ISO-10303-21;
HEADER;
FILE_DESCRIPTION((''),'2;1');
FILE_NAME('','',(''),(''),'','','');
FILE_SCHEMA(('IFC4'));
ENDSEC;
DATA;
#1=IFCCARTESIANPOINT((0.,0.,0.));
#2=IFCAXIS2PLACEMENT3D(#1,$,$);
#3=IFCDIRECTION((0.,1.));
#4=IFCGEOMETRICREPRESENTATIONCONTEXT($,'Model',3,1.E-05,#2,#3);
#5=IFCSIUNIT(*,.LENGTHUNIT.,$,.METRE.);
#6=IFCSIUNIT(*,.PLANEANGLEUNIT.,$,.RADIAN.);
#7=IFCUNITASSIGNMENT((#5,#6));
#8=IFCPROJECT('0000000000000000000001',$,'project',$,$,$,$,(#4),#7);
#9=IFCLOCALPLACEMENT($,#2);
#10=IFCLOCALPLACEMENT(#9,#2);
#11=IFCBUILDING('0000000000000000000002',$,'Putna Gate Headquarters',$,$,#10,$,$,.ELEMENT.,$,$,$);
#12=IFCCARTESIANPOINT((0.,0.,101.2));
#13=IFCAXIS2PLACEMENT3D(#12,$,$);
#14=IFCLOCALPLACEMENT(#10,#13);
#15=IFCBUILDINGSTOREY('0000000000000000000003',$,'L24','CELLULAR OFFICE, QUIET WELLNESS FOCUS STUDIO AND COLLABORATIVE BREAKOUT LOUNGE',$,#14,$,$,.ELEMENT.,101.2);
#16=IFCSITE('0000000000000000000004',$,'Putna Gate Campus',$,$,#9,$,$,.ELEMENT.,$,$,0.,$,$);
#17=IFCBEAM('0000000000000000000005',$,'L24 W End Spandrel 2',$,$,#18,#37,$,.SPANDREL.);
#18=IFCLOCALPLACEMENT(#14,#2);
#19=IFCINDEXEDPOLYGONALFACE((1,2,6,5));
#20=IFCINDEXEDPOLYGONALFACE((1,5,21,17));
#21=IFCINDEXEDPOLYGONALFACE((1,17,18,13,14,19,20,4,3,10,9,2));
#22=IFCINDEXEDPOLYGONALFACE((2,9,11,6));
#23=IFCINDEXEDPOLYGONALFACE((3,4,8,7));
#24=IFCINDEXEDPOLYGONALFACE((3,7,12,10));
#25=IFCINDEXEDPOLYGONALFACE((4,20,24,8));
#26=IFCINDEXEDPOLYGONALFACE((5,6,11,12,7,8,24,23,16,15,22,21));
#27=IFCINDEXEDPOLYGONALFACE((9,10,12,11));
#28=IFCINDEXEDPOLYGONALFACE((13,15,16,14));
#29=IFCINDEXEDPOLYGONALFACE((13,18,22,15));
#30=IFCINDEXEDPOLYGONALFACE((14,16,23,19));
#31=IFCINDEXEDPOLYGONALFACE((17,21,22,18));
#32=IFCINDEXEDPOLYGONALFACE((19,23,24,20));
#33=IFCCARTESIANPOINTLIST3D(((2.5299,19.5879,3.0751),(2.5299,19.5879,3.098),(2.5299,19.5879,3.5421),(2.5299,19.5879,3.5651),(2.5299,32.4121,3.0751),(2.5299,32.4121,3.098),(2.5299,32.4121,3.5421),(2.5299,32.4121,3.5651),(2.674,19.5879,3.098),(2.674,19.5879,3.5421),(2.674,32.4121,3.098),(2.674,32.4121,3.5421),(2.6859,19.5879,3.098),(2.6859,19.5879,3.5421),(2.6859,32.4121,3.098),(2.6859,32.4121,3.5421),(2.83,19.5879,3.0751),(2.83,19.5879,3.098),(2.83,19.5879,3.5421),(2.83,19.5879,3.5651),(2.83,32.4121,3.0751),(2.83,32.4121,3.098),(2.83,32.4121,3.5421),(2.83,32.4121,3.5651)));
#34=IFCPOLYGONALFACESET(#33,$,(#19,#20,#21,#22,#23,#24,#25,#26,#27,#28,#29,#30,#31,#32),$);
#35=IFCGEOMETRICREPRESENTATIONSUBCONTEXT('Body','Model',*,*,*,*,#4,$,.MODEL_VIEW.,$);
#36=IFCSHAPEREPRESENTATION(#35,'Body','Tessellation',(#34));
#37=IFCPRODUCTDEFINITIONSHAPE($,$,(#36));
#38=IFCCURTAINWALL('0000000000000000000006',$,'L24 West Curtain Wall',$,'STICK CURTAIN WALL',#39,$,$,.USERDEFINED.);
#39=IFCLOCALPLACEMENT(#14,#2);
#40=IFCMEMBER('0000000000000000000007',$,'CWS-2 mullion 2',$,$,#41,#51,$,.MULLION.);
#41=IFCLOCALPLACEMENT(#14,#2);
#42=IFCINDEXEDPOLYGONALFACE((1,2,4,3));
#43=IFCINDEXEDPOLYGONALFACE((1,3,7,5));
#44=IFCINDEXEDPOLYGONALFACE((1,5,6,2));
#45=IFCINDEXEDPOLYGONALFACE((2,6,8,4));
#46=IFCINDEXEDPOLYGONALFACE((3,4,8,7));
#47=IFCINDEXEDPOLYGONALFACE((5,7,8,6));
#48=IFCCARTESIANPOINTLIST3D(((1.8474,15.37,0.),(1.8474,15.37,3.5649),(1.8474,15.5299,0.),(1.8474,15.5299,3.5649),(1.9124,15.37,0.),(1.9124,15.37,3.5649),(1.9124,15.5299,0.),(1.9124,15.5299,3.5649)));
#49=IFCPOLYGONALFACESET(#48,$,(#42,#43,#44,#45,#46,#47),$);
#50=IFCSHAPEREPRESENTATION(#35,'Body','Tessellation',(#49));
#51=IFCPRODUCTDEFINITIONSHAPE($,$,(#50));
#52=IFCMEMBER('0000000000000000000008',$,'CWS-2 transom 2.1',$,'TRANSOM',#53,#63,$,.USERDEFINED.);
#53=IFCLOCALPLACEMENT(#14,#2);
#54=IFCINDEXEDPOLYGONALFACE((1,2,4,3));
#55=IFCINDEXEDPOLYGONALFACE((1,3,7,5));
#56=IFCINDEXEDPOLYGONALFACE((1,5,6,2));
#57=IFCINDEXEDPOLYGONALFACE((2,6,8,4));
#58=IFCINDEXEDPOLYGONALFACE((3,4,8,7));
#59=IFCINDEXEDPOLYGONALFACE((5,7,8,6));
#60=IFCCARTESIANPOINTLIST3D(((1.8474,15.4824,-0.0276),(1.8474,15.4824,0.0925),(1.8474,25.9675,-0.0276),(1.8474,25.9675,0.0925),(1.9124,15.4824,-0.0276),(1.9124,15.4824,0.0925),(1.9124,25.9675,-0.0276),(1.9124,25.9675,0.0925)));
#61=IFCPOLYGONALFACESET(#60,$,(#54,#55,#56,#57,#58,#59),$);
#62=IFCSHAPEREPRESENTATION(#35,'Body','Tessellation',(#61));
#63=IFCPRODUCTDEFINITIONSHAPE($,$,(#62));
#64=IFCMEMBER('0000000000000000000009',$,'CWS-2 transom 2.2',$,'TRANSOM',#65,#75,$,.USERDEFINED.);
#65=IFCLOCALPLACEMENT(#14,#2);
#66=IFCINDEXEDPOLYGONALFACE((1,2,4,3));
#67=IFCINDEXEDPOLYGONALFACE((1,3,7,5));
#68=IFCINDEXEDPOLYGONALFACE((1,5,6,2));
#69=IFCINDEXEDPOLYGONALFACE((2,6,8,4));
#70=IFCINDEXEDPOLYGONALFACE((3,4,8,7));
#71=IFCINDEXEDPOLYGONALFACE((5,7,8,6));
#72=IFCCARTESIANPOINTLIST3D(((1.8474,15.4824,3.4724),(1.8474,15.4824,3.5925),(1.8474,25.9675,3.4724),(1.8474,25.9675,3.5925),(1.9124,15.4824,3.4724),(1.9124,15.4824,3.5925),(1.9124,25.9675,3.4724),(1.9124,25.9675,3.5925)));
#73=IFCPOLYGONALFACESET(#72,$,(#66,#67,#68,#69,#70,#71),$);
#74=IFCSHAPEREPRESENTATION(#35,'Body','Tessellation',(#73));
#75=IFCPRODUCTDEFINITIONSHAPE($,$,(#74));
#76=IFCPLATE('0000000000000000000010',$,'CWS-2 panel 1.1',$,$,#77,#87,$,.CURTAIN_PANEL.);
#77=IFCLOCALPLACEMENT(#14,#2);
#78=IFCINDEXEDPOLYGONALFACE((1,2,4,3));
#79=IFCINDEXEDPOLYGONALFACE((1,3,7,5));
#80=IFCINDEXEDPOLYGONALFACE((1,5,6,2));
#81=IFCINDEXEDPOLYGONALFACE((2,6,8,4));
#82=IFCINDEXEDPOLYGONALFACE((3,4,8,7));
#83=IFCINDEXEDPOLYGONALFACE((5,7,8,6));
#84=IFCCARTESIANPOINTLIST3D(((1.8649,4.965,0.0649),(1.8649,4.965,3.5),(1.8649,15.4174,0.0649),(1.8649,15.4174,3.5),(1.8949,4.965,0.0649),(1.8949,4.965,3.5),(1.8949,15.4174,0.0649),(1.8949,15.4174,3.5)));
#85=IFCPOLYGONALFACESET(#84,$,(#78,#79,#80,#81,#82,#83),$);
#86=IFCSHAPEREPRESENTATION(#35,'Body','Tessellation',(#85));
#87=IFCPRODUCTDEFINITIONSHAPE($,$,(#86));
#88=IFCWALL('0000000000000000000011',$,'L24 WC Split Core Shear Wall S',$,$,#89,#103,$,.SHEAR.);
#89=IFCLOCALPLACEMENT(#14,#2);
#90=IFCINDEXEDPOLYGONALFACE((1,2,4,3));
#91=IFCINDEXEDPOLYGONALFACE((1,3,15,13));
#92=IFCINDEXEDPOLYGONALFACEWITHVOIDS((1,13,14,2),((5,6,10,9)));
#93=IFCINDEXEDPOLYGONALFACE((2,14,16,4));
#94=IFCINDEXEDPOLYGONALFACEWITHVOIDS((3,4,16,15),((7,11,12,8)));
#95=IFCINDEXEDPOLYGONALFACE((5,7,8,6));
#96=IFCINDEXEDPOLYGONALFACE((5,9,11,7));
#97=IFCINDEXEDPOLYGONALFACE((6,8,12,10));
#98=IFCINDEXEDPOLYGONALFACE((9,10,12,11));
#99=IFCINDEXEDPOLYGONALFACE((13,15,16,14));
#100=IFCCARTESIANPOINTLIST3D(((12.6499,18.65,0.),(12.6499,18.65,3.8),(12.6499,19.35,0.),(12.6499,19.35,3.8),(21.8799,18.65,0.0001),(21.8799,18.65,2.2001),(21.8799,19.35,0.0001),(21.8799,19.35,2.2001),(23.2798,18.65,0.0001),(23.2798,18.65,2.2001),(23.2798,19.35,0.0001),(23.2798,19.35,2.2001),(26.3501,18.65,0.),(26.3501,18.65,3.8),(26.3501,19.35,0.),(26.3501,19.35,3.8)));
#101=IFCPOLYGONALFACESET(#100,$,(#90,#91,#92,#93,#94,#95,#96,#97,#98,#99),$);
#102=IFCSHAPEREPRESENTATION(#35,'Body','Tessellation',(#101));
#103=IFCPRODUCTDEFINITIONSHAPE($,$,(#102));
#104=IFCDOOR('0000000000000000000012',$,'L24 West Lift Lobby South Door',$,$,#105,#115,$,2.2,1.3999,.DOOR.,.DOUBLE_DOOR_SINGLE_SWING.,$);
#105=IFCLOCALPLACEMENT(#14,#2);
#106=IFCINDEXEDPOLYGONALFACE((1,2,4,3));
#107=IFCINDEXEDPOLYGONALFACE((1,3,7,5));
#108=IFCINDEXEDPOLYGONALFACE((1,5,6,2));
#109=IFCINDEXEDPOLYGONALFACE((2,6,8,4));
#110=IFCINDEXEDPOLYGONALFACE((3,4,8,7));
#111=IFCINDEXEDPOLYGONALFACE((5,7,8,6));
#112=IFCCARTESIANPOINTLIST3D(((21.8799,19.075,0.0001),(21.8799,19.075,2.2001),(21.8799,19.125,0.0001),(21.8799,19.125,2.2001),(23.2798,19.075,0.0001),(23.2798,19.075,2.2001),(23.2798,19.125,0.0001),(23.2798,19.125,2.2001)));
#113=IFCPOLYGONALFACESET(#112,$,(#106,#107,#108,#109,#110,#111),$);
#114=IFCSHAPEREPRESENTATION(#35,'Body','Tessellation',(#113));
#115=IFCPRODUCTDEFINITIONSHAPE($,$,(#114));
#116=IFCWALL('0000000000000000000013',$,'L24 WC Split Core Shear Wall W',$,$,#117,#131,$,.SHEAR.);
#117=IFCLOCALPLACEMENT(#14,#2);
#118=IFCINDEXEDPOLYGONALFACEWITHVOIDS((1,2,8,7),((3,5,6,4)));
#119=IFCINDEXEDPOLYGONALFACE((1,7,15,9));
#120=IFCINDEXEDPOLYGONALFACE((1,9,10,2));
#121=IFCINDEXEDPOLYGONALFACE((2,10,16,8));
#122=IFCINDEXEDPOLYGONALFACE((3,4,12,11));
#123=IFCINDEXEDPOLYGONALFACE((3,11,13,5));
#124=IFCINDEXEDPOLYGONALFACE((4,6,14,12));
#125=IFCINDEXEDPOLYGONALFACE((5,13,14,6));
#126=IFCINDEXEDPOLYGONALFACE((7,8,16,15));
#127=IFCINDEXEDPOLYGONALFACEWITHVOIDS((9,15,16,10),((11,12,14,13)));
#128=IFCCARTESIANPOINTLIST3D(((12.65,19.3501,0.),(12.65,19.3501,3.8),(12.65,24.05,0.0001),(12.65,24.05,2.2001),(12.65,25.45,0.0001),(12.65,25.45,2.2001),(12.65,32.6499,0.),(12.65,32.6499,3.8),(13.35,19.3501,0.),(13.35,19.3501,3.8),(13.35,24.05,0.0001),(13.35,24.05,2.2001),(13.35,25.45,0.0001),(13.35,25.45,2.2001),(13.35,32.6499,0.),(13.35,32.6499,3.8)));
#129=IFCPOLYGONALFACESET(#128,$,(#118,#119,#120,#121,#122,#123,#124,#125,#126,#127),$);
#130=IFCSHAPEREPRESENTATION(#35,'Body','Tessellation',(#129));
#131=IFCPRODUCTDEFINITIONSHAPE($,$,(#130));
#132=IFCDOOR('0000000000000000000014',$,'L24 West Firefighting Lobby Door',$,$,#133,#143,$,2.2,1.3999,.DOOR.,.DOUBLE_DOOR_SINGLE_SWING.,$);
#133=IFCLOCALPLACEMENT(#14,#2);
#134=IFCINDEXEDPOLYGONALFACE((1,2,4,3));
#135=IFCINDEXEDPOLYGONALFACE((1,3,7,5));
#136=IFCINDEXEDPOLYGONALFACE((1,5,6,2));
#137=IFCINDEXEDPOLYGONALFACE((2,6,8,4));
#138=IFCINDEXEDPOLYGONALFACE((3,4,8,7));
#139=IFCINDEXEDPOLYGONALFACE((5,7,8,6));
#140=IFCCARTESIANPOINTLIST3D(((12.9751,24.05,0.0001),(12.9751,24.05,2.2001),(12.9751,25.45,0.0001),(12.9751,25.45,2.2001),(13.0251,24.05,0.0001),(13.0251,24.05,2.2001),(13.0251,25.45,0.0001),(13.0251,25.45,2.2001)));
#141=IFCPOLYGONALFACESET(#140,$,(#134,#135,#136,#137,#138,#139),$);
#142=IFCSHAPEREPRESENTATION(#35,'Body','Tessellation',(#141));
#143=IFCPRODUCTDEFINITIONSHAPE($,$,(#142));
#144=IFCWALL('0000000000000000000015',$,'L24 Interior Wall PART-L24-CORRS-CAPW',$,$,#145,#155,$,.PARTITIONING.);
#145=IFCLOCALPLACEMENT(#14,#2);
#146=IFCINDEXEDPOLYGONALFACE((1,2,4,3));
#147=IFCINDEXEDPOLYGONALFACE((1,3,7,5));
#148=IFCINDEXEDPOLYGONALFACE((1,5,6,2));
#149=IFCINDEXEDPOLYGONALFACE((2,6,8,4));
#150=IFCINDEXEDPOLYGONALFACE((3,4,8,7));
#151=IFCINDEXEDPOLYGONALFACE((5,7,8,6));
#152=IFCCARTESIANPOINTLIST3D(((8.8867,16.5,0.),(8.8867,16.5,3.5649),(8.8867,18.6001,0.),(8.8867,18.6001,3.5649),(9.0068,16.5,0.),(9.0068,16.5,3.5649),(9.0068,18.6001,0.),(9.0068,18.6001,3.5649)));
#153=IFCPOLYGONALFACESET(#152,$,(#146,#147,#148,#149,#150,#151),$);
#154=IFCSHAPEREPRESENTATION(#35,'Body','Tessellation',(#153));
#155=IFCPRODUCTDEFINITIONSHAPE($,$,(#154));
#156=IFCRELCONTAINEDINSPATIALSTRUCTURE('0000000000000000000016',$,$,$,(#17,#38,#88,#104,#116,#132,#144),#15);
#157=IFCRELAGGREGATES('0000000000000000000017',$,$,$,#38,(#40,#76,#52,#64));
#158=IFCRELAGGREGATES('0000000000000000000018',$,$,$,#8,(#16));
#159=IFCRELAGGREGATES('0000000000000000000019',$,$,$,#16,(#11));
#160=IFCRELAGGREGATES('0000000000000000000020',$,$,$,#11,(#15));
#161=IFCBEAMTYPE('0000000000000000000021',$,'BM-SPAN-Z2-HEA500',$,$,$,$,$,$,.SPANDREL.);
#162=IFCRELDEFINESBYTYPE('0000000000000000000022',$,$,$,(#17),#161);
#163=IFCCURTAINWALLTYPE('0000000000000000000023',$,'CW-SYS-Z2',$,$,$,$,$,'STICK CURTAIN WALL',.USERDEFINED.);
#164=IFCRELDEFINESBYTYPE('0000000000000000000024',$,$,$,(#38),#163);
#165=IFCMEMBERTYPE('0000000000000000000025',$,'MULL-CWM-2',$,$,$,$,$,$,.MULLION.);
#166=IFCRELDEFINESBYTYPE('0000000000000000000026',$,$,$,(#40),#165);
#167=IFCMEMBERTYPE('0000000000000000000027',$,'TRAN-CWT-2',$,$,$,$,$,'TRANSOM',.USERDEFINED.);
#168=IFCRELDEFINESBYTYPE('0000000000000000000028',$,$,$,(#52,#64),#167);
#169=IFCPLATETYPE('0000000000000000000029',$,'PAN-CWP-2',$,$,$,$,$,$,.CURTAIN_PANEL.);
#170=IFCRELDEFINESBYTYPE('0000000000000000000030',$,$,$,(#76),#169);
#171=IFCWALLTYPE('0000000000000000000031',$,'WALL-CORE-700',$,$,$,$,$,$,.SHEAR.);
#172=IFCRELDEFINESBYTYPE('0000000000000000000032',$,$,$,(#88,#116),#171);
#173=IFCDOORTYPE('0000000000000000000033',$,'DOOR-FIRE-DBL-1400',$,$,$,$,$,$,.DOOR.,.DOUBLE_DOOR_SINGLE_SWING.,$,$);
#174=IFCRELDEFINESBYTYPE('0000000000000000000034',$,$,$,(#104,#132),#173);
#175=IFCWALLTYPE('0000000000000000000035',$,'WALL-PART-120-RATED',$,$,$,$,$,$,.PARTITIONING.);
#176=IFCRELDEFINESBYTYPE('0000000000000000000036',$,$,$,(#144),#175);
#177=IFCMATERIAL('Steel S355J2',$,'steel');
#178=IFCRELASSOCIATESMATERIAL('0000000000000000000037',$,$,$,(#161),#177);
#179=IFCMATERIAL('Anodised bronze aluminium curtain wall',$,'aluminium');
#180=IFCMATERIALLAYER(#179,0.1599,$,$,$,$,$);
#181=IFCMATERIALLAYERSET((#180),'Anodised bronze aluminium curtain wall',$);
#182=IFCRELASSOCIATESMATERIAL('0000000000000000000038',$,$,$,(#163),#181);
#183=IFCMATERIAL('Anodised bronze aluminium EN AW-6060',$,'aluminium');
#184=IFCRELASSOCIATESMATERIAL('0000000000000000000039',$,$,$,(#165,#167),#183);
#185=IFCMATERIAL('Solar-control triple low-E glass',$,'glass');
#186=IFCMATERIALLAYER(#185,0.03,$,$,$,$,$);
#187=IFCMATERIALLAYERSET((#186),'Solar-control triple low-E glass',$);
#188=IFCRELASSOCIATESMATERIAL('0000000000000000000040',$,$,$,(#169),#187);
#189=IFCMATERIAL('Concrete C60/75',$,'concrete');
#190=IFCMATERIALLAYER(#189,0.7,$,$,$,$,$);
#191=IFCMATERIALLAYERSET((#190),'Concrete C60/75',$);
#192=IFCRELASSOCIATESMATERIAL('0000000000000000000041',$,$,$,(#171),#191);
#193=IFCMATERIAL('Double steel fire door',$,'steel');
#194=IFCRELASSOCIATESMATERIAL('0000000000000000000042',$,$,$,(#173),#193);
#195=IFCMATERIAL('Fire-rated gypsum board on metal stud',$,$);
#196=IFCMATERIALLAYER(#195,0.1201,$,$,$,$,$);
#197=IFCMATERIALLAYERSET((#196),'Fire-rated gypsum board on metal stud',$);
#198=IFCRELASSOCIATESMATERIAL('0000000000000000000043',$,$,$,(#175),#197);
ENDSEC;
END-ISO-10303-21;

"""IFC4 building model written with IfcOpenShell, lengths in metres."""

from ifc_helpers import new_model, si_unit, direction, frame, frame_2d, origin, origin_2d, place, context, subcontext, project, spatial, rectangle, i_section, extrude, material, layer, layer_set, material_profile, profile_set, type_object, element, fill, aggregate, save


model = new_model("IFC4")

# Units and contexts
model_context = context("Model", 3, precision=1e-05, world=origin(), true_north=direction((0.0, 1.0)))
body_context = subcontext(model_context, "Body", "Model", "MODEL_VIEW")
ifc_project = project(units=[si_unit("LENGTHUNIT", "METRE"), si_unit("PLANEANGLEUNIT", "RADIAN")], contexts=[model_context])

# Site, building, storey
site_placement = place(None, origin())
site = spatial("IfcSite", under=ifc_project, at=site_placement, Name="Putna Gate Campus", CompositionType="ELEMENT", RefElevation=0.0)
building_placement = place(site_placement, origin())
building = spatial("IfcBuilding", under=site, at=building_placement, Name="Putna Gate Headquarters", CompositionType="ELEMENT")
storey_placement = place(building_placement, frame((0.0, 0.0, 101.2)))
storey = spatial("IfcBuildingStorey", under=building, at=storey_placement, Name="L24", Description="CELLULAR OFFICE, QUIET WELLNESS FOCUS STUDIO AND COLLABORATIVE BREAKOUT LOUNGE", CompositionType="ELEMENT", Elevation=101.2)

# Shared definitions
ifc_material_1 = material(Name="Concrete C60/75", Category="concrete")

# Beam
ifc_material_2 = material(Name="Steel S355J2", Category="steel")
ifc_material_profile_1 = material_profile(ifc_material_2, i_section(OverallWidth=0.3, OverallDepth=0.49, WebThickness=0.012, FlangeThickness=0.0229, at=origin_2d()), Name="Steel S355J2")
ifc_profile_set_1 = profile_set([ifc_material_profile_1], Name="Steel S355J2")
beam_type_1 = type_object("IfcBeamType", Name="BM-SPAN-Z2-HEA500", PredefinedType="SPANDREL", material=ifc_profile_set_1)
beam_1_placement = place(storey_placement, frame((2.6799, 19.5879, 3.3201), z_axis=(0.0, 1.0, 0.0), x_axis=(-1.0, 0.0, 0.0)))
element("IfcBeam", 1, at=beam_1_placement, inside=storey, type_object=beam_type_1, Name="L24 W End Spandrel 2", PredefinedType="SPANDREL", context=body_context, shape_type="SweptSolid", body=[
    extrude(i_section(OverallWidth=0.3, OverallDepth=0.49, WebThickness=0.012, FlangeThickness=0.0229, at=origin_2d()), origin(), (0.0, 0.0, 1.0), 12.8242),
])

# Curtain wall, members, plate
ifc_material_3 = material(Name="Anodised bronze aluminium curtain wall", Category="aluminium")
ifc_layer_1 = layer(ifc_material_3, 0.1599)
ifc_layer_set_1 = layer_set([ifc_layer_1], Name="Anodised bronze aluminium curtain wall")
curtain_wall_type = type_object("IfcCurtainWallType", Name="CW-SYS-Z2", ElementType="STICK CURTAIN WALL", PredefinedType="USERDEFINED", material=ifc_layer_set_1)
curtain_wall_placement = place(storey_placement, origin())
curtain_wall = element("IfcCurtainWall", 2, at=curtain_wall_placement, inside=storey, type_object=curtain_wall_type, Name="L24 West Curtain Wall", ObjectType="STICK CURTAIN WALL", PredefinedType="USERDEFINED")
ifc_material_4 = material(Name="Anodised bronze aluminium EN AW-6060", Category="aluminium")
ifc_material_profile_2 = material_profile(ifc_material_4, rectangle(XDim=0.0649, YDim=0.1599, at=origin_2d()), Name="Anodised bronze aluminium EN AW-6060")
ifc_profile_set_2 = profile_set([ifc_material_profile_2], Name="Anodised bronze aluminium EN AW-6060")
member_type_1 = type_object("IfcMemberType", Name="MULL-CWM-2", PredefinedType="MULLION", material=ifc_profile_set_2)
member_1_placement = place(storey_placement, frame((1.8799, 15.45, 0.0), z_axis=(0.0, 0.0, 1.0), x_axis=(-1.0, 0.0, 0.0)))
member_1 = element("IfcMember", 3, at=member_1_placement, type_object=member_type_1, Name="CWS-2 mullion 2", PredefinedType="MULLION", context=body_context, shape_type="SweptSolid", body=[
    extrude(rectangle(XDim=0.0649, YDim=0.1599, at=origin_2d()), origin(), (0.0, 0.0, 1.0), 3.5649),
])
ifc_material_profile_3 = material_profile(ifc_material_4, rectangle(XDim=0.0649, YDim=0.1201, at=origin_2d()), Name="Anodised bronze aluminium EN AW-6060")
ifc_profile_set_3 = profile_set([ifc_material_profile_3], Name="Anodised bronze aluminium EN AW-6060")
member_type_2 = type_object("IfcMemberType", Name="TRAN-CWT-2", ElementType="TRANSOM", PredefinedType="USERDEFINED", material=ifc_profile_set_3)
member_2_placement = place(storey_placement, frame((1.8799, 15.4824, 0.0325), z_axis=(0.0, 1.0, 0.0), x_axis=(-1.0, 0.0, 0.0)))
member_2 = element("IfcMember", 4, at=member_2_placement, type_object=member_type_2, Name="CWS-2 transom 2.1", ObjectType="TRANSOM", PredefinedType="USERDEFINED", context=body_context, shape_type="SweptSolid", body=[
    extrude(rectangle(XDim=0.0649, YDim=0.1201, at=origin_2d()), origin(), (0.0, 0.0, 1.0), 10.4851),
])
member_3_placement = place(storey_placement, frame((1.8799, 15.4824, 3.5325), z_axis=(0.0, 1.0, 0.0), x_axis=(-1.0, 0.0, 0.0)))
member_3 = element("IfcMember", 5, at=member_3_placement, type_object=member_type_2, Name="CWS-2 transom 2.2", ObjectType="TRANSOM", PredefinedType="USERDEFINED", context=body_context, shape_type="SweptSolid", body=[
    extrude(rectangle(XDim=0.0649, YDim=0.1201, at=origin_2d()), origin(), (0.0, 0.0, 1.0), 10.4851),
])
ifc_material_5 = material(Name="Solar-control triple low-E glass", Category="glass")
ifc_layer_2 = layer(ifc_material_5, 0.03)
ifc_layer_set_2 = layer_set([ifc_layer_2], Name="Solar-control triple low-E glass")
plate_type = type_object("IfcPlateType", Name="PAN-CWP-2", PredefinedType="CURTAIN_PANEL", material=ifc_layer_set_2)
plate_placement = place(storey_placement, frame((1.8799, 10.1912, 0.0649), z_axis=(0.0, 0.0, 1.0), x_axis=(0.0, 1.0, 0.0)))
plate = element("IfcPlate", 6, at=plate_placement, type_object=plate_type, Name="CWS-2 panel 1.1", PredefinedType="CURTAIN_PANEL", context=body_context, shape_type="SweptSolid", body=[
    extrude(rectangle(XDim=10.4524, YDim=0.03, at=origin_2d()), origin(), (0.0, 0.0, 1.0), 3.4351),
])
aggregate(curtain_wall, [member_1, plate, member_2, member_3])

# Walls, openings, doors
ifc_layer_3 = layer(ifc_material_1, 0.7)
ifc_layer_set_3 = layer_set([ifc_layer_3], Name="Concrete C60/75")
wall_type_1 = type_object("IfcWallType", Name="WALL-CORE-700", PredefinedType="SHEAR", material=ifc_layer_set_3)
wall_1_placement = place(storey_placement, frame((12.6499, 19.0, 0.0), z_axis=(0.0, 0.0, 1.0), x_axis=(1.0, 0.0, 0.0)))
wall_1 = element("IfcWall", 7, at=wall_1_placement, inside=storey, type_object=wall_type_1, Name="L24 WC Split Core Shear Wall S", PredefinedType="SHEAR", context=body_context, shape_type="SweptSolid", body=[
    extrude(rectangle(XDim=13.7002, YDim=0.7, at=frame_2d((6.8501, 0.0))), origin(), (0.0, 0.0, 1.0), 3.8),
])
opening_1_placement = place(wall_1_placement, frame((9.23, 0.0, 0.0)))
opening_1 = element("IfcOpeningElement", 8, at=opening_1_placement, cuts=wall_1, PredefinedType="OPENING", context=body_context, shape_type="SweptSolid", body=[
    extrude(rectangle(XDim=1.3999, YDim=2.2, at=frame_2d((0.7, 1.1001))), frame((0.0, 0.3599, 0.0), z_axis=(0.0, -1.0, 0.0), x_axis=(1.0, 0.0, 0.0)), (0.0, 0.0, 1.0), 0.72),
])
ifc_material_6 = material(Name="Double steel fire door", Category="steel")
door_type_1 = type_object("IfcDoorType", Name="DOOR-FIRE-DBL-1400", OperationType="DOUBLE_DOOR_SINGLE_SWING", PredefinedType="DOOR", material=ifc_material_6)
door_1_placement = place(opening_1_placement, origin())
door_1 = element("IfcDoor", 9, at=door_1_placement, inside=storey, type_object=door_type_1, Name="L24 West Lift Lobby South Door", OperationType="DOUBLE_DOOR_SINGLE_SWING", OverallHeight=2.2, OverallWidth=1.3999, PredefinedType="DOOR", context=body_context, shape_type="SweptSolid", body=[
    extrude(rectangle(XDim=1.3999, YDim=2.2, at=frame_2d((0.7, 1.1001))), frame((0.0, 0.125, 0.0), z_axis=(0.0, -1.0, 0.0), x_axis=(1.0, 0.0, 0.0)), (0.0, 0.0, 1.0), 0.05),
])
fill(opening_1, door_1)
wall_2_placement = place(storey_placement, frame((13.0, 19.3501, 0.0), z_axis=(0.0, 0.0, 1.0), x_axis=(0.0, 1.0, 0.0)))
wall_2 = element("IfcWall", 10, at=wall_2_placement, inside=storey, type_object=wall_type_1, Name="L24 WC Split Core Shear Wall W", PredefinedType="SHEAR", context=body_context, shape_type="SweptSolid", body=[
    extrude(rectangle(XDim=13.2998, YDim=0.7, at=frame_2d((6.6499, 0.0))), origin(), (0.0, 0.0, 1.0), 3.8),
])
opening_2_placement = place(wall_2_placement, frame((4.7, 0.0, 0.0)))
opening_2 = element("IfcOpeningElement", 11, at=opening_2_placement, cuts=wall_2, PredefinedType="OPENING", context=body_context, shape_type="SweptSolid", body=[
    extrude(rectangle(XDim=1.3999, YDim=2.2, at=frame_2d((0.7, 1.1001))), frame((0.0, 0.3599, 0.0), z_axis=(0.0, -1.0, 0.0), x_axis=(1.0, 0.0, 0.0)), (0.0, 0.0, 1.0), 0.72),
])
door_2_placement = place(opening_2_placement, origin())
door_2 = element("IfcDoor", 12, at=door_2_placement, inside=storey, type_object=door_type_1, Name="L24 West Firefighting Lobby Door", OperationType="DOUBLE_DOOR_SINGLE_SWING", OverallHeight=2.2, OverallWidth=1.3999, PredefinedType="DOOR", context=body_context, shape_type="SweptSolid", body=[
    extrude(rectangle(XDim=1.3999, YDim=2.2, at=frame_2d((0.7, 1.1001))), frame((0.0, 0.0249, 0.0), z_axis=(0.0, -1.0, 0.0), x_axis=(1.0, 0.0, 0.0)), (0.0, 0.0, 1.0), 0.05),
])
fill(opening_2, door_2)

# Wall
ifc_material_7 = material(Name="Fire-rated gypsum board on metal stud")
ifc_layer_4 = layer(ifc_material_7, 0.1201)
ifc_layer_set_4 = layer_set([ifc_layer_4], Name="Fire-rated gypsum board on metal stud")
wall_type_2 = type_object("IfcWallType", Name="WALL-PART-120-RATED", PredefinedType="PARTITIONING", material=ifc_layer_set_4)
wall_3_placement = place(storey_placement, frame((8.9468, 16.5, 0.0), z_axis=(0.0, 0.0, 1.0), x_axis=(0.0, 1.0, 0.0)))
element("IfcWall", 13, at=wall_3_placement, inside=storey, type_object=wall_type_2, Name="L24 Interior Wall PART-L24-CORRS-CAPW", PredefinedType="PARTITIONING", context=body_context, shape_type="SweptSolid", body=[
    extrude(rectangle(XDim=2.1001, YDim=0.1201, at=frame_2d((1.05, 0.0))), origin(), (0.0, 0.0, 1.0), 3.5649),
])

save(model, "model.ifc")
